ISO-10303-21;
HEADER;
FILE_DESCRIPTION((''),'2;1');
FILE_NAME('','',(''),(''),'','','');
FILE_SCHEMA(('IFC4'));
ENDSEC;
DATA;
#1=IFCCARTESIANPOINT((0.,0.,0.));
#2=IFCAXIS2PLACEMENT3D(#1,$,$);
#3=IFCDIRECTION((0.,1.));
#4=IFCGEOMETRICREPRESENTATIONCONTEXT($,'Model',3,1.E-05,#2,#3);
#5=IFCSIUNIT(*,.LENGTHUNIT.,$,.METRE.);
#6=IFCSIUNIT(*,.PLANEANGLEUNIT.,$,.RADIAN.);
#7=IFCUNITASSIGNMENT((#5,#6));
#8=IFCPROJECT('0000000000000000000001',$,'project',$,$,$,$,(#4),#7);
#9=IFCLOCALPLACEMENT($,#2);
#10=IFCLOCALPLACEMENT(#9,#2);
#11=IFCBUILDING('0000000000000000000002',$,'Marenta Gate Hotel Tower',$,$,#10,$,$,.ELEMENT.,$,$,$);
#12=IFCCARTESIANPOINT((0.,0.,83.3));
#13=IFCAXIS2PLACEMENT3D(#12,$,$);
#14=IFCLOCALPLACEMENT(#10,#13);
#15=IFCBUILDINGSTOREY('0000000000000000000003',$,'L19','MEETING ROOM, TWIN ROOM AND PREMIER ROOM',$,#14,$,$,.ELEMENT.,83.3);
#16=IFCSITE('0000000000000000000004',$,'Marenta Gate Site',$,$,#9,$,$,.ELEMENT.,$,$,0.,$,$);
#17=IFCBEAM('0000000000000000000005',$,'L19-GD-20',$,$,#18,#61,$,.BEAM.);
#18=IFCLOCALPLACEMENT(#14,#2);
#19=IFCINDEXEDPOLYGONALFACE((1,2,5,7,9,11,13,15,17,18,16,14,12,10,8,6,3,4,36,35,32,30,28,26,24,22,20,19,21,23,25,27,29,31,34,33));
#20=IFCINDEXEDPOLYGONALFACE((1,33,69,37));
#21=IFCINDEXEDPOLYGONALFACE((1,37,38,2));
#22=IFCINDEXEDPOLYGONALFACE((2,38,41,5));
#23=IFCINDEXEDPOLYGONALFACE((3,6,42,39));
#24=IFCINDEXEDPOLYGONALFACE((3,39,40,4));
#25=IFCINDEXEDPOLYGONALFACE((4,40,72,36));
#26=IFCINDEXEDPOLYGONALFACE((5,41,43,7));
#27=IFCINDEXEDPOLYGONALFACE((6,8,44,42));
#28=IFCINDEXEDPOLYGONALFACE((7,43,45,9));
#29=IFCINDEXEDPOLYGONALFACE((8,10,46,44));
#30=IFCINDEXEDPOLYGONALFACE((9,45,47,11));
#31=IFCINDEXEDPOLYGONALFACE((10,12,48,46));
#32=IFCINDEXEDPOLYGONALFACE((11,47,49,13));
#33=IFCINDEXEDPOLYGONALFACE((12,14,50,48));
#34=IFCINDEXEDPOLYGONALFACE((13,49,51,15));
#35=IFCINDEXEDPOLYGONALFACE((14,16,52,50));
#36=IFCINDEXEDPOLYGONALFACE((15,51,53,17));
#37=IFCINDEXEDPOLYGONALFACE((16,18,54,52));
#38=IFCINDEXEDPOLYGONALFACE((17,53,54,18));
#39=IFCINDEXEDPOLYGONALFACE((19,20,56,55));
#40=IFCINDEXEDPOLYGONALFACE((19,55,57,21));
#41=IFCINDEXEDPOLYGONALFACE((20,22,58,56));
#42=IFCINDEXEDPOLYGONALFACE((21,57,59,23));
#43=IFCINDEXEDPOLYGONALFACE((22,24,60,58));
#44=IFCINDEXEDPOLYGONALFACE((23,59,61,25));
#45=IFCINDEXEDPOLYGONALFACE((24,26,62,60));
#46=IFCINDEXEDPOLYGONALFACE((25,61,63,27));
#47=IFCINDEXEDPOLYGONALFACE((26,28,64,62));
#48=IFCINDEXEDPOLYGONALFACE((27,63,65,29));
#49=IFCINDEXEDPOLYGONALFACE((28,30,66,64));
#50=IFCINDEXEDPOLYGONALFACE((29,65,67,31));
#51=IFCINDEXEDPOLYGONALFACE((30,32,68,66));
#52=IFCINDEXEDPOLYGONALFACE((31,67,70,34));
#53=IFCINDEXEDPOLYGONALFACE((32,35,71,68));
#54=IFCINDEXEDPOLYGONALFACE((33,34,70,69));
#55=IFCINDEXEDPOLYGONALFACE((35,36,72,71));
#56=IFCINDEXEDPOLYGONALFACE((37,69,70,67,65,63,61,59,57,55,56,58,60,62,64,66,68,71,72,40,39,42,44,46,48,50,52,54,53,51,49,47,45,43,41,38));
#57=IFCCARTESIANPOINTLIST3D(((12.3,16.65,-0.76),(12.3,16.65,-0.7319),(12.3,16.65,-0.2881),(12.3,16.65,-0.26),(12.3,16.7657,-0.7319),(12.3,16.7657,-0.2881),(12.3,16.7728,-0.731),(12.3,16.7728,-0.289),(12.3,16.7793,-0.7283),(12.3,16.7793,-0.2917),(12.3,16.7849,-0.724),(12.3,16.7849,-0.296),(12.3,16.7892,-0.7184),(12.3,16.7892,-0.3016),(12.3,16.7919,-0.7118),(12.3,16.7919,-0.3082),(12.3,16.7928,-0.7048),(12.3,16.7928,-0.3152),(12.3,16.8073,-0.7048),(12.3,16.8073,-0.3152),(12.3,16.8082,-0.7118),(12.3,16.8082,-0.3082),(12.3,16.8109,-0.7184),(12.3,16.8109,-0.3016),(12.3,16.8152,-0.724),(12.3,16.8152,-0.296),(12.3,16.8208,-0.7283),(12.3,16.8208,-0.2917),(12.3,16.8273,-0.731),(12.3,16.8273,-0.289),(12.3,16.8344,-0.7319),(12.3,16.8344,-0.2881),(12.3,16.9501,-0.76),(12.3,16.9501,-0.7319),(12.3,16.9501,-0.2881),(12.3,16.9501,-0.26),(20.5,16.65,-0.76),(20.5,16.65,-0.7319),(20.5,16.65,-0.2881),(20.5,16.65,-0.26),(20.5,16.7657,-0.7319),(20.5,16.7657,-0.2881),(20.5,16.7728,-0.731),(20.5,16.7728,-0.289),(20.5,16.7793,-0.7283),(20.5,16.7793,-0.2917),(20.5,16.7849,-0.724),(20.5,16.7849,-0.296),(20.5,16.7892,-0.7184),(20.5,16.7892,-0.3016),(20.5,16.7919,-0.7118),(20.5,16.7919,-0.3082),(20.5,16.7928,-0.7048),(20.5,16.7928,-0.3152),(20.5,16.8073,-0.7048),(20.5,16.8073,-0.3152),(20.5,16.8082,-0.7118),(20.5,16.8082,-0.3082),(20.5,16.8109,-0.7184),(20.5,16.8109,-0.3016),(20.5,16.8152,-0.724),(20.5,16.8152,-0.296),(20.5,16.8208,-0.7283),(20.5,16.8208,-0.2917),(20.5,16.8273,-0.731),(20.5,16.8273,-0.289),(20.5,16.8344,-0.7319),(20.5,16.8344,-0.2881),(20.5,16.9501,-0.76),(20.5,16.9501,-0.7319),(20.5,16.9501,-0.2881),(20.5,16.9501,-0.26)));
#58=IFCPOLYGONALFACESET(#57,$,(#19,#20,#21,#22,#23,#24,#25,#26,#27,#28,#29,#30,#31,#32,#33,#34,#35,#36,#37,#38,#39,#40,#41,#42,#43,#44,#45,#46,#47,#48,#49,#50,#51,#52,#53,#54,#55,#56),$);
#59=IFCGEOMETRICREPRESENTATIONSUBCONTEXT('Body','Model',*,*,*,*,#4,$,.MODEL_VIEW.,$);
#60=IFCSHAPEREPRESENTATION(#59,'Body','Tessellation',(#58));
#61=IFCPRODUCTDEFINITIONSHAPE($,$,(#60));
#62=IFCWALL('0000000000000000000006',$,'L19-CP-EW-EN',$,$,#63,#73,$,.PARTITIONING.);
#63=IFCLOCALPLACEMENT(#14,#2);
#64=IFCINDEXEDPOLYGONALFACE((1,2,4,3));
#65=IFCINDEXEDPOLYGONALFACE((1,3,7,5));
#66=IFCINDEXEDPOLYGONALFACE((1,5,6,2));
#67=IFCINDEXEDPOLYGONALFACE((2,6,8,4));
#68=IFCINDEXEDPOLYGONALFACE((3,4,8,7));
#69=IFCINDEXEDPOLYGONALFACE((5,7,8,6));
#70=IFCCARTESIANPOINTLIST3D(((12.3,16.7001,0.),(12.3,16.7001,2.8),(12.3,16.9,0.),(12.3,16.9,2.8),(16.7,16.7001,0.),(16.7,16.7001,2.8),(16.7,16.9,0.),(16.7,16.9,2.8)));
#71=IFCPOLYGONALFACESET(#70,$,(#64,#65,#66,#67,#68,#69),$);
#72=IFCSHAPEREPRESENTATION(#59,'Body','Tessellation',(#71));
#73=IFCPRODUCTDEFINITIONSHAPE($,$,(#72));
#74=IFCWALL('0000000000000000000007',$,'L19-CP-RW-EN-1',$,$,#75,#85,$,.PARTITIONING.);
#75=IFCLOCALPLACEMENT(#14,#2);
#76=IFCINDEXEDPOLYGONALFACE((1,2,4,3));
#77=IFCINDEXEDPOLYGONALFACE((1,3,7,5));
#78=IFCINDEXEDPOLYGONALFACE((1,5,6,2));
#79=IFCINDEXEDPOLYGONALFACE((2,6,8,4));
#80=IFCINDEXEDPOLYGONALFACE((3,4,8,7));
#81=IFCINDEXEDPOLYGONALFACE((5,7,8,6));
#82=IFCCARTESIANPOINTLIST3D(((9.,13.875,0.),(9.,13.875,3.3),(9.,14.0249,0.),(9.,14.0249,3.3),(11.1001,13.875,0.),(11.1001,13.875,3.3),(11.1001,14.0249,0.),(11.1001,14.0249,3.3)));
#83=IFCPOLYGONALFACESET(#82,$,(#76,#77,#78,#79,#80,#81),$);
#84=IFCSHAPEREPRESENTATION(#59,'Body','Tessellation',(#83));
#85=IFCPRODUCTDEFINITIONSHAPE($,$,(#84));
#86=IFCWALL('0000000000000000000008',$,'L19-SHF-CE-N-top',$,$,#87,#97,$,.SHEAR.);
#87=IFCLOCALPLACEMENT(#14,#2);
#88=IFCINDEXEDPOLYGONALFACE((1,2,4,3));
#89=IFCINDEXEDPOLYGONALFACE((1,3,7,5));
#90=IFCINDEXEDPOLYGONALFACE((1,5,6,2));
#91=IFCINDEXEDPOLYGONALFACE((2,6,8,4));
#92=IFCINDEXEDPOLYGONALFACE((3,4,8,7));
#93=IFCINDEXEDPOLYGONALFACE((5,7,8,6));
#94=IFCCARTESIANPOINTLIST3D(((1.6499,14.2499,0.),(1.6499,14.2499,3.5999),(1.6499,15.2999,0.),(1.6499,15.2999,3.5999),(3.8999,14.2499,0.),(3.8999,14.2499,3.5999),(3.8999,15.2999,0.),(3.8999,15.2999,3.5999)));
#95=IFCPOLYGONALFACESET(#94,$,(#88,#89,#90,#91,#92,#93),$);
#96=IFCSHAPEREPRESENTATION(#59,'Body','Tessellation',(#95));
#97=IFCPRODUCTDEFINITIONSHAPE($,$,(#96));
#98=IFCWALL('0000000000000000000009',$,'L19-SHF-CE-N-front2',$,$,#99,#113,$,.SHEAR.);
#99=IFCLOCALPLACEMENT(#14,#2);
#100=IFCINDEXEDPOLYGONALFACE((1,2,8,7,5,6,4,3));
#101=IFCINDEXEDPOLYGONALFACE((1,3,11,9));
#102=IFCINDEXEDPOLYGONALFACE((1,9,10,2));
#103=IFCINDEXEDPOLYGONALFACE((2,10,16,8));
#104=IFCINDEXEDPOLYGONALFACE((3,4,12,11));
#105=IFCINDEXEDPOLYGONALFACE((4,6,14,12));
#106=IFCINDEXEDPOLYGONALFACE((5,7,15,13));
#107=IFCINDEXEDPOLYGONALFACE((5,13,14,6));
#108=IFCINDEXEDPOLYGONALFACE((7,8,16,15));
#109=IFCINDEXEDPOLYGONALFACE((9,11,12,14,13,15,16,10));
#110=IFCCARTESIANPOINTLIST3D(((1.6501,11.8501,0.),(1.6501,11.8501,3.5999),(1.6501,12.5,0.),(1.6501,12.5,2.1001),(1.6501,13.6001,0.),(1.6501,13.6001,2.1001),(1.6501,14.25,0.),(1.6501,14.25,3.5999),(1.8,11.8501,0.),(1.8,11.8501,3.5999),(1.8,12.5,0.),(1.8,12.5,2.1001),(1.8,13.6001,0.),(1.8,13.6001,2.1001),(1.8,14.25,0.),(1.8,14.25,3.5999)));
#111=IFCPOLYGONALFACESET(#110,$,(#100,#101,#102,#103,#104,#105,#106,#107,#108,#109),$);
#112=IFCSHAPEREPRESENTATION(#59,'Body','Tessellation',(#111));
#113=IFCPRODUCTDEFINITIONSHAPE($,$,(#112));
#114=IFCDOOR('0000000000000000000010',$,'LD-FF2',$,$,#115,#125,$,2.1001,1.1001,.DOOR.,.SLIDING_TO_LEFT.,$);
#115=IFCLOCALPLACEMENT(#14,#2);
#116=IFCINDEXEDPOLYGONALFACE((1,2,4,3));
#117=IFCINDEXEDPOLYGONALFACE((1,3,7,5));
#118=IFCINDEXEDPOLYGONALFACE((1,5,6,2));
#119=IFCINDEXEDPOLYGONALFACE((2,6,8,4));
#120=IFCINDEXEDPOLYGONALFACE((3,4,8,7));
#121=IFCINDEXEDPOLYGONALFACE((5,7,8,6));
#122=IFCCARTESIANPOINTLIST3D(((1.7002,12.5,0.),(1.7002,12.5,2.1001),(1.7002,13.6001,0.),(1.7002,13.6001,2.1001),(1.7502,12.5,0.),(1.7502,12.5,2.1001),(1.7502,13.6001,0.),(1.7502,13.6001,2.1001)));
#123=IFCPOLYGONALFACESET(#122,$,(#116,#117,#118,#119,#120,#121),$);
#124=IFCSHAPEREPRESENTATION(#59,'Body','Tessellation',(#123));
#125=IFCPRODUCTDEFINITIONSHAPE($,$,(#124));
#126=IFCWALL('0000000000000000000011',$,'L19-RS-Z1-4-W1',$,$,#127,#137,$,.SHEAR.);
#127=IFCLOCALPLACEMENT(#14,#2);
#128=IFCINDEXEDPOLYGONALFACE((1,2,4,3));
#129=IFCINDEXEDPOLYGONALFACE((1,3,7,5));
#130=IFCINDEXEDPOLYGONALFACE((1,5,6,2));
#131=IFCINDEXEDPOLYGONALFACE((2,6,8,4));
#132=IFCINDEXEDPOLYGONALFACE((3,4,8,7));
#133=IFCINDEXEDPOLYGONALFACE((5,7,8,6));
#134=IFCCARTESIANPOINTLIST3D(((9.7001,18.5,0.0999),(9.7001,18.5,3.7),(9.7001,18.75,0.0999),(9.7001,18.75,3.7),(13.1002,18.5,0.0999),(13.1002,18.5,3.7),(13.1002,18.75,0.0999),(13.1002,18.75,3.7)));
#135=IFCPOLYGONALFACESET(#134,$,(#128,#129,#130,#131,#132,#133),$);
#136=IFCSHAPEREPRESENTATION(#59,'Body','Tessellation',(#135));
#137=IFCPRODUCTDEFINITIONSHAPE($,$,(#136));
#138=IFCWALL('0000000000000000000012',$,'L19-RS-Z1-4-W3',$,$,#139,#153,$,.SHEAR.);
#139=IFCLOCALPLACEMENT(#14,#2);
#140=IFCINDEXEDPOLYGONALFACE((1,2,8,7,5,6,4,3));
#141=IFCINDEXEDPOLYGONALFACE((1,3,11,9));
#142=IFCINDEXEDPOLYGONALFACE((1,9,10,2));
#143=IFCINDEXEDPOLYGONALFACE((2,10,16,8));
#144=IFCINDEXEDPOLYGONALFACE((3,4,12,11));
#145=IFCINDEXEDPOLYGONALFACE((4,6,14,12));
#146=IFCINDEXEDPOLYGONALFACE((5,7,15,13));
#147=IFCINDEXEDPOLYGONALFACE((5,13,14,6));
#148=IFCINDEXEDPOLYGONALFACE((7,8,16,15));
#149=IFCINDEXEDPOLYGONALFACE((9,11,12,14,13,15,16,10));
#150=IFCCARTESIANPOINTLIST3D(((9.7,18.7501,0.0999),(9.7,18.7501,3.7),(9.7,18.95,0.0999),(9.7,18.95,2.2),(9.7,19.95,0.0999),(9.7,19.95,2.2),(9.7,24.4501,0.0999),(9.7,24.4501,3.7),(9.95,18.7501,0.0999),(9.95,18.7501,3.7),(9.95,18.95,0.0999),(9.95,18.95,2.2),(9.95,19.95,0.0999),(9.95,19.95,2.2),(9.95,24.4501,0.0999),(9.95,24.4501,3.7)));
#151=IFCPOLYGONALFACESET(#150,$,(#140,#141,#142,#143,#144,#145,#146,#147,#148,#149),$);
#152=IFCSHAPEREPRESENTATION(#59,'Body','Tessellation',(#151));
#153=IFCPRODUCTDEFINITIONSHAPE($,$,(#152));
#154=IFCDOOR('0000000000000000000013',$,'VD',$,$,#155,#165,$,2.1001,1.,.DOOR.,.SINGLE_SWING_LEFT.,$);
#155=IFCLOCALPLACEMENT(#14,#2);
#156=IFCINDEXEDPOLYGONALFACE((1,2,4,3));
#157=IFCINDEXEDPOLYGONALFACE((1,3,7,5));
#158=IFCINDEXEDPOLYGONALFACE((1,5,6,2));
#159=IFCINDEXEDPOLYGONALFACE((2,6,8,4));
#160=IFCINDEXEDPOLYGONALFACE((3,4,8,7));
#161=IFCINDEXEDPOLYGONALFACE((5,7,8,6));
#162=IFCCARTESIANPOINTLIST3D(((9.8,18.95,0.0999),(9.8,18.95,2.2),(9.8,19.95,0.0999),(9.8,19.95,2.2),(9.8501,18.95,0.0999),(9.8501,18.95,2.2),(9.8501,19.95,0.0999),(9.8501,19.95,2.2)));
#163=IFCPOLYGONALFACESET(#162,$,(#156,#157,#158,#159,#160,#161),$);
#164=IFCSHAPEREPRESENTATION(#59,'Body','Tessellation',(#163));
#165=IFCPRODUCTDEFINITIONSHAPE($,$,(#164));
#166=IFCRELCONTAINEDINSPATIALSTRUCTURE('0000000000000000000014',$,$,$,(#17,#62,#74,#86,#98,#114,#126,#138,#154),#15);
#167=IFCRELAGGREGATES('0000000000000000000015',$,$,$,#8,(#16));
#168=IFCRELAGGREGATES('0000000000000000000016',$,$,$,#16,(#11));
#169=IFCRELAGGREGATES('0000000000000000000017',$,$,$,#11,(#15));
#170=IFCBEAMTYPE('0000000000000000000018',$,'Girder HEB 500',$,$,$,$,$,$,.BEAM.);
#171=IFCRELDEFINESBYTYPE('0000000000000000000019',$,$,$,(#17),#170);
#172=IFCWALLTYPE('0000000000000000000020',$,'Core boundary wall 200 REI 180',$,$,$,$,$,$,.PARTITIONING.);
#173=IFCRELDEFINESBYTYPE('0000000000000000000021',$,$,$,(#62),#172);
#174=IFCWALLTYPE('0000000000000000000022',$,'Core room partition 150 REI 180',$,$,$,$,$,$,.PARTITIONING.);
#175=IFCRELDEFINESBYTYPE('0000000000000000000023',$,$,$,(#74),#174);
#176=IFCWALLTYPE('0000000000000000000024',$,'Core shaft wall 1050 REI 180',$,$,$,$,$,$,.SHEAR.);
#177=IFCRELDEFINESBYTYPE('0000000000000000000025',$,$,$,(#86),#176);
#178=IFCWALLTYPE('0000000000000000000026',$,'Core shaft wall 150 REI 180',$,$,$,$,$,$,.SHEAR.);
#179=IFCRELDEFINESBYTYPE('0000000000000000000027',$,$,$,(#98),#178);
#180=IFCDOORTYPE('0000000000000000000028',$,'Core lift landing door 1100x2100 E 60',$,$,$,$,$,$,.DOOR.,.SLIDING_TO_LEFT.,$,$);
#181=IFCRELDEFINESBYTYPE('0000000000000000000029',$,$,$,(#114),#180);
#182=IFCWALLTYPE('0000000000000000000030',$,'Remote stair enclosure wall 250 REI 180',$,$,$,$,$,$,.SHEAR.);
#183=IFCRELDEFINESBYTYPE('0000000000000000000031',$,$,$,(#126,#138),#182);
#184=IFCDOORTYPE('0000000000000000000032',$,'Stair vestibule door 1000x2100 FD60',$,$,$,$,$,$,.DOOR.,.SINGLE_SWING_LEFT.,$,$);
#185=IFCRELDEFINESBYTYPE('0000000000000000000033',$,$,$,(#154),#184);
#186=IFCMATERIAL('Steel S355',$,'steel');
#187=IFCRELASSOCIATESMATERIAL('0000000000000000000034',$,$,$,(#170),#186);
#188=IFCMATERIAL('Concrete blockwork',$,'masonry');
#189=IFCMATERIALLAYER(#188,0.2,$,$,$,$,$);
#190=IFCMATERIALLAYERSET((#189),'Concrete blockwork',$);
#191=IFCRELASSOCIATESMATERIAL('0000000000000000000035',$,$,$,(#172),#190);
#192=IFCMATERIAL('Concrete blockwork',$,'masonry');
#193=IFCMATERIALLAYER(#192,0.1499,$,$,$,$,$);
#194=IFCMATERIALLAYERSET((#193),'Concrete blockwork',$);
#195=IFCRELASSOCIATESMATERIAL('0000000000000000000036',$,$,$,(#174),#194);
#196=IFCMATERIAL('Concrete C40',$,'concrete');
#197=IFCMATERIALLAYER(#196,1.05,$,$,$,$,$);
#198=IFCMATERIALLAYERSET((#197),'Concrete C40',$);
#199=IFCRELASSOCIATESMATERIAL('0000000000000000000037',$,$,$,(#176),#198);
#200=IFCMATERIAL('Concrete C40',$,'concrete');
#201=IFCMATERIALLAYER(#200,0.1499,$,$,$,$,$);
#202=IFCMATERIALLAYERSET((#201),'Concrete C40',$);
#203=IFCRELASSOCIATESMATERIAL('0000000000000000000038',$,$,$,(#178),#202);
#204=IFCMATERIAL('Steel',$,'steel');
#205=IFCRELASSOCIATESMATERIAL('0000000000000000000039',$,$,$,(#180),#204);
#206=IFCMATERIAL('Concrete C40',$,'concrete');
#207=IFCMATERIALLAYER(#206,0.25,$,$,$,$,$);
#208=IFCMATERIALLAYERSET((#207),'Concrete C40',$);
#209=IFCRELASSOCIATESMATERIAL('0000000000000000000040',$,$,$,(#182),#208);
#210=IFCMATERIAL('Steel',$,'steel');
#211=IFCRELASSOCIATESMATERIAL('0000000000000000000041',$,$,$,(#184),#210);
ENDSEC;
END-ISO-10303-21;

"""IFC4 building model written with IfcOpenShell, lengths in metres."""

from ifc_helpers import new_model, si_unit, direction, frame, frame_2d, origin, origin_2d, place, context, subcontext, project, spatial, rectangle, i_section, extrude, material, layer, layer_set, material_profile, profile_set, type_object, element, fill, save


model = new_model("IFC4")

# Units and contexts
model_context = context("Model", 3, precision=1e-05, world=origin(), true_north=direction((0.0, 1.0)))
body_context = subcontext(model_context, "Body", "Model", "MODEL_VIEW")
ifc_project = project(units=[si_unit("LENGTHUNIT", "METRE"), si_unit("PLANEANGLEUNIT", "RADIAN")], contexts=[model_context])

# Site, building, storey
site_placement = place(None, origin())
site = spatial("IfcSite", under=ifc_project, at=site_placement, Name="Marenta Gate Site", CompositionType="ELEMENT", RefElevation=0.0)
building_placement = place(site_placement, origin())
building = spatial("IfcBuilding", under=site, at=building_placement, Name="Marenta Gate Hotel Tower", CompositionType="ELEMENT")
storey_placement = place(building_placement, frame((0.0, 0.0, 83.3)))
storey = spatial("IfcBuildingStorey", under=building, at=storey_placement, Name="L19", Description="MEETING ROOM, TWIN ROOM AND PREMIER ROOM", CompositionType="ELEMENT", Elevation=83.3)

# Beam
ifc_material_1 = material(Name="Steel S355", Category="steel")
ifc_material_profile = material_profile(ifc_material_1, i_section(OverallWidth=0.3, OverallDepth=0.5, WebThickness=0.0144, FlangeThickness=0.0281, FilletRadius=0.0271, at=origin_2d()), Name="HEB 500")
ifc_profile_set = profile_set([ifc_material_profile], Name="Steel S355")
beam_type = type_object("IfcBeamType", Name="Girder HEB 500", PredefinedType="BEAM", material=ifc_profile_set)
beam_placement = place(storey_placement, frame((12.3, 16.8, -0.51), z_axis=(1.0, 0.0, 0.0), x_axis=(0.0, 1.0, 0.0)))
element("IfcBeam", 1, at=beam_placement, inside=storey, type_object=beam_type, Name="L19-GD-20", PredefinedType="BEAM", context=body_context, shape_type="SweptSolid", body=[
    extrude(i_section(OverallWidth=0.3, OverallDepth=0.5, WebThickness=0.0144, FlangeThickness=0.0281, FilletRadius=0.0271, at=origin_2d()), origin(), (0.0, 0.0, 1.0), 8.2),
])

# Walls
ifc_material_2 = material(Name="Concrete blockwork", Category="masonry")
ifc_layer_1 = layer(ifc_material_2, 0.2)
ifc_layer_set_1 = layer_set([ifc_layer_1], Name="Concrete blockwork")
wall_type_1 = type_object("IfcWallType", Name="Core boundary wall 200 REI 180", PredefinedType="PARTITIONING", material=ifc_layer_set_1)
wall_1_placement = place(storey_placement, frame((12.3, 16.8, 0.0), z_axis=(0.0, 0.0, 1.0), x_axis=(1.0, 0.0, 0.0)))
element("IfcWall", 2, at=wall_1_placement, inside=storey, type_object=wall_type_1, Name="L19-CP-EW-EN", PredefinedType="PARTITIONING", context=body_context, shape_type="SweptSolid", body=[
    extrude(rectangle(XDim=4.3999, YDim=0.2, at=frame_2d((2.2, 0.0))), origin(), (0.0, 0.0, 1.0), 2.8),
])
ifc_material_3 = material(Name="Concrete blockwork", Category="masonry")
ifc_layer_2 = layer(ifc_material_3, 0.1499)
ifc_layer_set_2 = layer_set([ifc_layer_2], Name="Concrete blockwork")
wall_type_2 = type_object("IfcWallType", Name="Core room partition 150 REI 180", PredefinedType="PARTITIONING", material=ifc_layer_set_2)
wall_2_placement = place(storey_placement, frame((9.0, 13.95, 0.0), z_axis=(0.0, 0.0, 1.0), x_axis=(1.0, 0.0, 0.0)))
element("IfcWall", 3, at=wall_2_placement, inside=storey, type_object=wall_type_2, Name="L19-CP-RW-EN-1", PredefinedType="PARTITIONING", context=body_context, shape_type="SweptSolid", body=[
    extrude(rectangle(XDim=2.1001, YDim=0.1499, at=frame_2d((1.05, 0.0))), origin(), (0.0, 0.0, 1.0), 3.3),
])
ifc_material_4 = material(Name="Concrete C40", Category="concrete")
ifc_layer_3 = layer(ifc_material_4, 1.05)
ifc_layer_set_3 = layer_set([ifc_layer_3], Name="Concrete C40")
wall_type_3 = type_object("IfcWallType", Name="Core shaft wall 1050 REI 180", PredefinedType="SHEAR", material=ifc_layer_set_3)
wall_3_placement = place(storey_placement, frame((1.6499, 14.7749, 0.0), z_axis=(0.0, 0.0, 1.0), x_axis=(1.0, 0.0, 0.0)))
element("IfcWall", 4, at=wall_3_placement, inside=storey, type_object=wall_type_3, Name="L19-SHF-CE-N-top", PredefinedType="SHEAR", context=body_context, shape_type="SweptSolid", body=[
    extrude(rectangle(XDim=2.25, YDim=1.05, at=frame_2d((1.125, 0.0))), origin(), (0.0, 0.0, 1.0), 3.5999),
])

# Wall, opening, door
ifc_material_5 = material(Name="Concrete C40", Category="concrete")
ifc_layer_4 = layer(ifc_material_5, 0.1499)
ifc_layer_set_4 = layer_set([ifc_layer_4], Name="Concrete C40")
wall_type_4 = type_object("IfcWallType", Name="Core shaft wall 150 REI 180", PredefinedType="SHEAR", material=ifc_layer_set_4)
wall_4_placement = place(storey_placement, frame((1.7251, 11.8501, 0.0), z_axis=(0.0, 0.0, 1.0), x_axis=(0.0, 1.0, 0.0)))
wall_4 = element("IfcWall", 5, at=wall_4_placement, inside=storey, type_object=wall_type_4, Name="L19-SHF-CE-N-front2", PredefinedType="SHEAR", context=body_context, shape_type="SweptSolid", body=[
    extrude(rectangle(XDim=2.3999, YDim=0.1499, at=frame_2d((1.2, 0.0))), origin(), (0.0, 0.0, 1.0), 3.5999),
])
opening_1_placement = place(wall_4_placement, frame((0.6499, 0.0, 0.0)))
opening_1 = element("IfcOpeningElement", 6, at=opening_1_placement, cuts=wall_4, PredefinedType="OPENING", context=body_context, shape_type="SweptSolid", body=[
    extrude(rectangle(XDim=1.1001, YDim=2.1001, at=frame_2d((0.55, 1.05))), frame((0.0, 0.075, 0.0), z_axis=(0.0, -1.0, 0.0), x_axis=(1.0, 0.0, 0.0)), (0.0, 0.0, 1.0), 0.1499),
])
ifc_material_6 = material(Name="Steel", Category="steel")
door_type_1 = type_object("IfcDoorType", Name="Core lift landing door 1100x2100 E 60", OperationType="SLIDING_TO_LEFT", PredefinedType="DOOR", material=ifc_material_6)
door_1_placement = place(opening_1_placement, origin())
door_1 = element("IfcDoor", 7, at=door_1_placement, inside=storey, type_object=door_type_1, Name="LD-FF2", OperationType="SLIDING_TO_LEFT", OverallHeight=2.1001, OverallWidth=1.1001, PredefinedType="DOOR", context=body_context, shape_type="SweptSolid", body=[
    extrude(rectangle(XDim=1.1001, YDim=2.1001, at=frame_2d((0.55, 1.05))), frame((0.0, 0.0249, 0.0), z_axis=(0.0, -1.0, 0.0), x_axis=(1.0, 0.0, 0.0)), (0.0, 0.0, 1.0), 0.05),
])
fill(opening_1, door_1)

# Wall
ifc_material_7 = material(Name="Concrete C40", Category="concrete")
ifc_layer_5 = layer(ifc_material_7, 0.25)
ifc_layer_set_5 = layer_set([ifc_layer_5], Name="Concrete C40")
wall_type_5 = type_object("IfcWallType", Name="Remote stair enclosure wall 250 REI 180", PredefinedType="SHEAR", material=ifc_layer_set_5)
wall_5_placement = place(storey_placement, frame((9.7, 18.625, 0.0999), z_axis=(0.0, 0.0, 1.0), x_axis=(1.0, 0.0, 0.0)))
element("IfcWall", 8, at=wall_5_placement, inside=storey, type_object=wall_type_5, Name="L19-RS-Z1-4-W1", PredefinedType="SHEAR", context=body_context, shape_type="SweptSolid", body=[
    extrude(rectangle(XDim=3.4001, YDim=0.25, at=frame_2d((1.7002, 0.0))), origin(), (0.0, 0.0, 1.0), 3.6001),
])

# Wall, opening, door
wall_6_placement = place(storey_placement, frame((9.825, 18.75, 0.0999), z_axis=(0.0, 0.0, 1.0), x_axis=(0.0, 1.0, 0.0)))
wall_6 = element("IfcWall", 9, at=wall_6_placement, inside=storey, type_object=wall_type_5, Name="L19-RS-Z1-4-W3", PredefinedType="SHEAR", context=body_context, shape_type="SweptSolid", body=[
    extrude(rectangle(XDim=5.7, YDim=0.25, at=frame_2d((2.8501, 0.0))), origin(), (0.0, 0.0, 1.0), 3.6001),
])
opening_2_placement = place(wall_6_placement, frame((0.2, 0.0, 0.0)))
opening_2 = element("IfcOpeningElement", 10, at=opening_2_placement, cuts=wall_6, PredefinedType="OPENING", context=body_context, shape_type="SweptSolid", body=[
    extrude(rectangle(XDim=1.0, YDim=2.1001, at=frame_2d((0.5, 1.05))), frame((0.0, 0.125, 0.0), z_axis=(0.0, -1.0, 0.0), x_axis=(1.0, 0.0, 0.0)), (0.0, 0.0, 1.0), 0.25),
])
ifc_material_8 = material(Name="Steel", Category="steel")
door_type_2 = type_object("IfcDoorType", Name="Stair vestibule door 1000x2100 FD60", OperationType="SINGLE_SWING_LEFT", PredefinedType="DOOR", material=ifc_material_8)
door_2_placement = place(opening_2_placement, origin())
door_2 = element("IfcDoor", 11, at=door_2_placement, inside=storey, type_object=door_type_2, Name="VD", OperationType="SINGLE_SWING_LEFT", OverallHeight=2.1001, OverallWidth=1.0, PredefinedType="DOOR", context=body_context, shape_type="SweptSolid", body=[
    extrude(rectangle(XDim=1.0, YDim=2.1001, at=frame_2d((0.5, 1.05))), frame((0.0, 0.0249, 0.0), z_axis=(0.0, -1.0, 0.0), x_axis=(1.0, 0.0, 0.0)), (0.0, 0.0, 1.0), 0.05),
])
fill(opening_2, door_2)

save(model, "model.ifc")
